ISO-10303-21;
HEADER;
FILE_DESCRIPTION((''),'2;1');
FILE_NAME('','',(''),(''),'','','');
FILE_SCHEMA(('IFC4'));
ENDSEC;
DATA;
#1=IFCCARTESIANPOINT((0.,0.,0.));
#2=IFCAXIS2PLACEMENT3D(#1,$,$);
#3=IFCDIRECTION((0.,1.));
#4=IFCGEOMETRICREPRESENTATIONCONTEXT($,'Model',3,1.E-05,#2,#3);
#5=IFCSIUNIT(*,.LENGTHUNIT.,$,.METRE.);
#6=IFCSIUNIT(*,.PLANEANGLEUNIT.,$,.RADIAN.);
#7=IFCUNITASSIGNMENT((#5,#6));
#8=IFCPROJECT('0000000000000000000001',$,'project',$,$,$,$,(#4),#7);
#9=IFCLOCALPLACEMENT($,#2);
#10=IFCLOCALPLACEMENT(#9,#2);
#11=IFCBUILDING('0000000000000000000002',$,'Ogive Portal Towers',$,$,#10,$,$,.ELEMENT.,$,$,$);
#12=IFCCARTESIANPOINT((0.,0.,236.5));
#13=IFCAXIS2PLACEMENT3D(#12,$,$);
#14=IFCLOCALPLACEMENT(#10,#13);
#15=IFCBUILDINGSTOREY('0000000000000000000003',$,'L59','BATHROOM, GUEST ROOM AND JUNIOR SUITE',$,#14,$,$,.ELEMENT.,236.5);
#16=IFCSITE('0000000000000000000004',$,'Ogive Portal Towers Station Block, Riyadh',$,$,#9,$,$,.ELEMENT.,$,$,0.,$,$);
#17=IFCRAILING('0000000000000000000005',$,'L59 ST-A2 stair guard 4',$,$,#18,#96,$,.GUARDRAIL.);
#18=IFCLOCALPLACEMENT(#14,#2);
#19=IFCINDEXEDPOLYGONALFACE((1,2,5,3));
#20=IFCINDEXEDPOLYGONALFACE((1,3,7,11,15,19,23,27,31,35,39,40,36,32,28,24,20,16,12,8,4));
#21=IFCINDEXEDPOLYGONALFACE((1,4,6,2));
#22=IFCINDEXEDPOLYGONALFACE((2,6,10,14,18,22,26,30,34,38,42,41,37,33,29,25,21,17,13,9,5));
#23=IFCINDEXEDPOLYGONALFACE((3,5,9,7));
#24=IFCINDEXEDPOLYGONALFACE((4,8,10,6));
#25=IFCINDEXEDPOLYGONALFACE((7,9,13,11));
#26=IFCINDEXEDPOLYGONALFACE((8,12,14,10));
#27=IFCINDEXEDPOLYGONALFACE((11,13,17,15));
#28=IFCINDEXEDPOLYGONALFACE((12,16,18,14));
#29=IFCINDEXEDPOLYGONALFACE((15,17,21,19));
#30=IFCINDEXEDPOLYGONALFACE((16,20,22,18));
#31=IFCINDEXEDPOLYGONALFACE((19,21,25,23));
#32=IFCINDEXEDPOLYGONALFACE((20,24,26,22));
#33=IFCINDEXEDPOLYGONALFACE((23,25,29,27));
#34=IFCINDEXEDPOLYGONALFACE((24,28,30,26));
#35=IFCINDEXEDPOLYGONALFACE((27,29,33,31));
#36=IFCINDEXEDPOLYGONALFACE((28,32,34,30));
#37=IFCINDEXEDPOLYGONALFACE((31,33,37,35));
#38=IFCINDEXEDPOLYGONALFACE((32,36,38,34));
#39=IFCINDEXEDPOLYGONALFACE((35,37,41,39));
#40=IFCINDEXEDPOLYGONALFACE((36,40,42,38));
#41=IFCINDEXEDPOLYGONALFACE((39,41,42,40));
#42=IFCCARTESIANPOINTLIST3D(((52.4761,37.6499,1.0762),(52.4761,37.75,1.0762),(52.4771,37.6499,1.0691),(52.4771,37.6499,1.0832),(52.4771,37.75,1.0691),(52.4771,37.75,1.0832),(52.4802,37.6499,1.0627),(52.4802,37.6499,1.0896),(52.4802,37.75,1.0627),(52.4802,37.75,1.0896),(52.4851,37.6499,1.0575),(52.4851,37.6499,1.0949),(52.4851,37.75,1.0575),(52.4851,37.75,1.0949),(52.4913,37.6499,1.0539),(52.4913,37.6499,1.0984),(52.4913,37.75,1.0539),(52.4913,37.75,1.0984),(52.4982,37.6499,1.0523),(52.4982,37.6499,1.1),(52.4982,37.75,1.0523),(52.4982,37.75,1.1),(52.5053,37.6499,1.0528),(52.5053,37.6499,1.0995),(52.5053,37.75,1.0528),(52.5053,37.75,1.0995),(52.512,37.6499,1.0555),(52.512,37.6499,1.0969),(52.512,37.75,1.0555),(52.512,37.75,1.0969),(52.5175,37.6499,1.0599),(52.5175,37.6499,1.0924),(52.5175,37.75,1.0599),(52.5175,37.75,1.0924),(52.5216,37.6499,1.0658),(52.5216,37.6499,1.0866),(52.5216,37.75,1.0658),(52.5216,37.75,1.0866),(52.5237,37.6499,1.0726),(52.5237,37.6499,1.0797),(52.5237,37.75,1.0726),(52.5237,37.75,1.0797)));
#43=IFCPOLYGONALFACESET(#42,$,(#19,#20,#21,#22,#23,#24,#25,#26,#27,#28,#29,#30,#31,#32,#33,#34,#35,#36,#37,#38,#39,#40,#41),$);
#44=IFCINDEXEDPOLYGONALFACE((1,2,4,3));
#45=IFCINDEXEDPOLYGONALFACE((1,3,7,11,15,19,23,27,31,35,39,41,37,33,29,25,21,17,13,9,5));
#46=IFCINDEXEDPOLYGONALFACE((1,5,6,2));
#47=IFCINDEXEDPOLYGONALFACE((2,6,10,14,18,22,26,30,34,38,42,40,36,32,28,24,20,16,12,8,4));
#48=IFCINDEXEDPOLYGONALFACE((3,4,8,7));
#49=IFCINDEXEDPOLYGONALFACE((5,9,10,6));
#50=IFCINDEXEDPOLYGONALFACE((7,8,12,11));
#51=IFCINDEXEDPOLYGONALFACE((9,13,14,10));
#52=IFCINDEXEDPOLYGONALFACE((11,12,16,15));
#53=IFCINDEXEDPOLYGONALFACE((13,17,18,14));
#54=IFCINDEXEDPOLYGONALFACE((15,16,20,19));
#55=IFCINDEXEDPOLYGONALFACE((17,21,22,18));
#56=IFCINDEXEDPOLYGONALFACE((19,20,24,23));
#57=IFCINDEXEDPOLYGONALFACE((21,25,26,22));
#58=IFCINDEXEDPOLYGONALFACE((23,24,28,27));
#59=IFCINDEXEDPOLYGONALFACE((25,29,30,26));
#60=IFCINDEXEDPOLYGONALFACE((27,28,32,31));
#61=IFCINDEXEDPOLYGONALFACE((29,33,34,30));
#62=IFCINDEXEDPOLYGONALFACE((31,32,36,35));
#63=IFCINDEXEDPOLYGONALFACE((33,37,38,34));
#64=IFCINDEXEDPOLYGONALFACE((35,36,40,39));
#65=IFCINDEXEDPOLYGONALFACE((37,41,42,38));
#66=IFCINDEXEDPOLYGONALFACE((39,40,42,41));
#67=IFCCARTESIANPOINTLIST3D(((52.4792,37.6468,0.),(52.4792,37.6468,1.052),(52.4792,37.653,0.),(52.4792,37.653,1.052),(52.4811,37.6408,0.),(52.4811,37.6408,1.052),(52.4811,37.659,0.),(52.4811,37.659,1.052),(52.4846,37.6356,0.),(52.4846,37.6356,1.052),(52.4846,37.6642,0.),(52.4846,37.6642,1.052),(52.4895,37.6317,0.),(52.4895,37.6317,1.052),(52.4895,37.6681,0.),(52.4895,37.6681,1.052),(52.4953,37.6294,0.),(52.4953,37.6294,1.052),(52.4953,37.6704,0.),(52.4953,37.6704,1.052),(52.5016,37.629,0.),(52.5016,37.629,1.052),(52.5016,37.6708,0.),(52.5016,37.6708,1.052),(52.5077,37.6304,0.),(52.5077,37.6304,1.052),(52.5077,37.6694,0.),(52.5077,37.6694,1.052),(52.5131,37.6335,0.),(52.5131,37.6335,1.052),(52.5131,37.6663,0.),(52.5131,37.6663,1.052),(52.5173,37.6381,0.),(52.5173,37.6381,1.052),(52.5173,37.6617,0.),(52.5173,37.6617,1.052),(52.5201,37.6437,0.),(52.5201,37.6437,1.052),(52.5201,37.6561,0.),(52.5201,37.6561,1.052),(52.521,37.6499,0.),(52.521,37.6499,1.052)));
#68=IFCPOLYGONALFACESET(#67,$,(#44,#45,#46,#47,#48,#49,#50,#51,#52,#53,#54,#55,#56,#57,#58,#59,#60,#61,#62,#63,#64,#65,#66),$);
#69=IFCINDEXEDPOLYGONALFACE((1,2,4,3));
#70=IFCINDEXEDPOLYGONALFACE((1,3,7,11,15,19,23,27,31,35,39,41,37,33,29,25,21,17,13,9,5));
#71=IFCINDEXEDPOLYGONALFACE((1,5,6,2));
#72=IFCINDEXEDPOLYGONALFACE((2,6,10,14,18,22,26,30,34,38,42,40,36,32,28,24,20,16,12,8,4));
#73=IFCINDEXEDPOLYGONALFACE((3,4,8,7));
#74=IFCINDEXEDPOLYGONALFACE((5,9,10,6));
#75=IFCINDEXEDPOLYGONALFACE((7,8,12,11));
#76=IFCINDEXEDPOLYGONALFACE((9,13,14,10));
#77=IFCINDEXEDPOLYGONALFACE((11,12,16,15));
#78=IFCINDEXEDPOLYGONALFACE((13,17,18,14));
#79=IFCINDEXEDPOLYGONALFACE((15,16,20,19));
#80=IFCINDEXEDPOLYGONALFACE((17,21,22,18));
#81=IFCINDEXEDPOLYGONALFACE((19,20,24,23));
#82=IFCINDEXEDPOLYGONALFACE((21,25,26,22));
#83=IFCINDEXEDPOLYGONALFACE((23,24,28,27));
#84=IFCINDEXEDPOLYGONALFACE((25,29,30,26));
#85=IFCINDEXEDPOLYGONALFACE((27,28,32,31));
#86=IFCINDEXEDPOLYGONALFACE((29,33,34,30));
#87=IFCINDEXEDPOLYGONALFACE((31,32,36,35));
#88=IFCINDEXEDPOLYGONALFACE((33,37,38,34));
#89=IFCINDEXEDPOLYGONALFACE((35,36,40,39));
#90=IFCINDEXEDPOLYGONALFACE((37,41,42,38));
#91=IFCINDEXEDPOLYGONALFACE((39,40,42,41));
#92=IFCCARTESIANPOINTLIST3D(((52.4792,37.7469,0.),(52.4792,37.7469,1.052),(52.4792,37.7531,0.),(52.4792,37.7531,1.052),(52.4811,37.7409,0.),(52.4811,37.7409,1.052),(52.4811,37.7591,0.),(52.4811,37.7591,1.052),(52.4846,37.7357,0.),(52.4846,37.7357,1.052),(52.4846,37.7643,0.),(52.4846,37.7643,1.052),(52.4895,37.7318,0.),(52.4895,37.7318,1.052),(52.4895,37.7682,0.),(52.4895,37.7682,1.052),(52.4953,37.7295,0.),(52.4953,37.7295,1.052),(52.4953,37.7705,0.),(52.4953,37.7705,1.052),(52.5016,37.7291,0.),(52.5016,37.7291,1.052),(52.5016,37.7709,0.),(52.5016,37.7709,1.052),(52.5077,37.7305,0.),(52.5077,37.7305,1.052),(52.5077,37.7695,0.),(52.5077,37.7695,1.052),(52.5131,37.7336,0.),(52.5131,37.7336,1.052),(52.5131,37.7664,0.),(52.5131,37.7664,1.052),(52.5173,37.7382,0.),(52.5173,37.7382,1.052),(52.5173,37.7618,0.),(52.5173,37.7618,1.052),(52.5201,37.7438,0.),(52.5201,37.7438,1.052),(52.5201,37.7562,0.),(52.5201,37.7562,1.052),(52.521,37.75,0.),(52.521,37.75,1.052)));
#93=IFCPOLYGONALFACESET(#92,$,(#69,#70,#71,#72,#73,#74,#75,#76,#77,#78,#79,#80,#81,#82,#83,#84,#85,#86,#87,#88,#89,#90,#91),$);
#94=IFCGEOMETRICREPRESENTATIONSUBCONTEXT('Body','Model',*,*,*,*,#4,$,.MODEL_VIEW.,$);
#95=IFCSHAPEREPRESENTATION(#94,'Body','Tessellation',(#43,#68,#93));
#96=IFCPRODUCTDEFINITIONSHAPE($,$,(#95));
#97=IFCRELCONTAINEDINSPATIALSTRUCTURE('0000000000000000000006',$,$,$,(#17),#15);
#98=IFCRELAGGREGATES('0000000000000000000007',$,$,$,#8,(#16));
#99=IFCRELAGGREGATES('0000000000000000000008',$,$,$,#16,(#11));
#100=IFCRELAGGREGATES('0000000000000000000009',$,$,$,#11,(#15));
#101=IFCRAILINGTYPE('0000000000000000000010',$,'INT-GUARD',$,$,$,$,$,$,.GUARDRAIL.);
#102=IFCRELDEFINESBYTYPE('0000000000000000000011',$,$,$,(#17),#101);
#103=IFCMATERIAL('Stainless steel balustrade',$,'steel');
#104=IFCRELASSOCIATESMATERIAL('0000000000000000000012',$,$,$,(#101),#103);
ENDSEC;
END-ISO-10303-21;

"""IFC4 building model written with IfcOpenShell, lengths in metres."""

from ifc_helpers import new_model, si_unit, direction, frame, origin, origin_2d, place, context, subcontext, project, spatial, circle, extrude, material, type_object, element, save


model = new_model("IFC4")

# Units and contexts
model_context = context("Model", 3, precision=1e-05, world=origin(), true_north=direction((0.0, 1.0)))
body_context = subcontext(model_context, "Body", "Model", "MODEL_VIEW")
ifc_project = project(units=[si_unit("LENGTHUNIT", "METRE"), si_unit("PLANEANGLEUNIT", "RADIAN")], contexts=[model_context])

# Site, building, storey
site_placement = place(None, origin())
site = spatial("IfcSite", under=ifc_project, at=site_placement, Name="Ogive Portal Towers Station Block, Riyadh", CompositionType="ELEMENT", RefElevation=0.0)
building_placement = place(site_placement, origin())
building = spatial("IfcBuilding", under=site, at=building_placement, Name="Ogive Portal Towers", CompositionType="ELEMENT")
storey_placement = place(building_placement, frame((0.0, 0.0, 236.5)))
storey = spatial("IfcBuildingStorey", under=building, at=storey_placement, Name="L59", Description="BATHROOM, GUEST ROOM AND JUNIOR SUITE", CompositionType="ELEMENT", Elevation=236.5)

# Railing
ifc_material_1 = material(Name="Stainless steel balustrade", Category="steel")
railing_type_1 = type_object("IfcRailingType", Name="INT-GUARD", PredefinedType="GUARDRAIL", material=ifc_material_1)
railing_1_placement = place(storey_placement, frame((52.5, 37.6499, 0.0)))
element("IfcRailing", 1, at=railing_1_placement, inside=storey, type_object=railing_type_1, Name="L59 ST-A2 stair guard 4", PredefinedType="GUARDRAIL", context=body_context, shape_type="SweptSolid", body=[
    extrude(circle(Radius=0.0239, at=origin_2d()), frame((0.0, 0.0, 1.0762), z_axis=(0.0, 1.0, 0.0), x_axis=(-1.0, 0.0, 0.0)), (0.0, 0.0, 1.0), 0.1001),
    extrude(circle(Radius=0.021, at=origin_2d()), origin(), (0.0, 0.0, 1.0), 1.052),
    extrude(circle(Radius=0.021, at=origin_2d()), frame((0.0, 0.1001, 0.0)), (0.0, 0.0, 1.0), 1.052),
])

save(model, "model.ifc")
